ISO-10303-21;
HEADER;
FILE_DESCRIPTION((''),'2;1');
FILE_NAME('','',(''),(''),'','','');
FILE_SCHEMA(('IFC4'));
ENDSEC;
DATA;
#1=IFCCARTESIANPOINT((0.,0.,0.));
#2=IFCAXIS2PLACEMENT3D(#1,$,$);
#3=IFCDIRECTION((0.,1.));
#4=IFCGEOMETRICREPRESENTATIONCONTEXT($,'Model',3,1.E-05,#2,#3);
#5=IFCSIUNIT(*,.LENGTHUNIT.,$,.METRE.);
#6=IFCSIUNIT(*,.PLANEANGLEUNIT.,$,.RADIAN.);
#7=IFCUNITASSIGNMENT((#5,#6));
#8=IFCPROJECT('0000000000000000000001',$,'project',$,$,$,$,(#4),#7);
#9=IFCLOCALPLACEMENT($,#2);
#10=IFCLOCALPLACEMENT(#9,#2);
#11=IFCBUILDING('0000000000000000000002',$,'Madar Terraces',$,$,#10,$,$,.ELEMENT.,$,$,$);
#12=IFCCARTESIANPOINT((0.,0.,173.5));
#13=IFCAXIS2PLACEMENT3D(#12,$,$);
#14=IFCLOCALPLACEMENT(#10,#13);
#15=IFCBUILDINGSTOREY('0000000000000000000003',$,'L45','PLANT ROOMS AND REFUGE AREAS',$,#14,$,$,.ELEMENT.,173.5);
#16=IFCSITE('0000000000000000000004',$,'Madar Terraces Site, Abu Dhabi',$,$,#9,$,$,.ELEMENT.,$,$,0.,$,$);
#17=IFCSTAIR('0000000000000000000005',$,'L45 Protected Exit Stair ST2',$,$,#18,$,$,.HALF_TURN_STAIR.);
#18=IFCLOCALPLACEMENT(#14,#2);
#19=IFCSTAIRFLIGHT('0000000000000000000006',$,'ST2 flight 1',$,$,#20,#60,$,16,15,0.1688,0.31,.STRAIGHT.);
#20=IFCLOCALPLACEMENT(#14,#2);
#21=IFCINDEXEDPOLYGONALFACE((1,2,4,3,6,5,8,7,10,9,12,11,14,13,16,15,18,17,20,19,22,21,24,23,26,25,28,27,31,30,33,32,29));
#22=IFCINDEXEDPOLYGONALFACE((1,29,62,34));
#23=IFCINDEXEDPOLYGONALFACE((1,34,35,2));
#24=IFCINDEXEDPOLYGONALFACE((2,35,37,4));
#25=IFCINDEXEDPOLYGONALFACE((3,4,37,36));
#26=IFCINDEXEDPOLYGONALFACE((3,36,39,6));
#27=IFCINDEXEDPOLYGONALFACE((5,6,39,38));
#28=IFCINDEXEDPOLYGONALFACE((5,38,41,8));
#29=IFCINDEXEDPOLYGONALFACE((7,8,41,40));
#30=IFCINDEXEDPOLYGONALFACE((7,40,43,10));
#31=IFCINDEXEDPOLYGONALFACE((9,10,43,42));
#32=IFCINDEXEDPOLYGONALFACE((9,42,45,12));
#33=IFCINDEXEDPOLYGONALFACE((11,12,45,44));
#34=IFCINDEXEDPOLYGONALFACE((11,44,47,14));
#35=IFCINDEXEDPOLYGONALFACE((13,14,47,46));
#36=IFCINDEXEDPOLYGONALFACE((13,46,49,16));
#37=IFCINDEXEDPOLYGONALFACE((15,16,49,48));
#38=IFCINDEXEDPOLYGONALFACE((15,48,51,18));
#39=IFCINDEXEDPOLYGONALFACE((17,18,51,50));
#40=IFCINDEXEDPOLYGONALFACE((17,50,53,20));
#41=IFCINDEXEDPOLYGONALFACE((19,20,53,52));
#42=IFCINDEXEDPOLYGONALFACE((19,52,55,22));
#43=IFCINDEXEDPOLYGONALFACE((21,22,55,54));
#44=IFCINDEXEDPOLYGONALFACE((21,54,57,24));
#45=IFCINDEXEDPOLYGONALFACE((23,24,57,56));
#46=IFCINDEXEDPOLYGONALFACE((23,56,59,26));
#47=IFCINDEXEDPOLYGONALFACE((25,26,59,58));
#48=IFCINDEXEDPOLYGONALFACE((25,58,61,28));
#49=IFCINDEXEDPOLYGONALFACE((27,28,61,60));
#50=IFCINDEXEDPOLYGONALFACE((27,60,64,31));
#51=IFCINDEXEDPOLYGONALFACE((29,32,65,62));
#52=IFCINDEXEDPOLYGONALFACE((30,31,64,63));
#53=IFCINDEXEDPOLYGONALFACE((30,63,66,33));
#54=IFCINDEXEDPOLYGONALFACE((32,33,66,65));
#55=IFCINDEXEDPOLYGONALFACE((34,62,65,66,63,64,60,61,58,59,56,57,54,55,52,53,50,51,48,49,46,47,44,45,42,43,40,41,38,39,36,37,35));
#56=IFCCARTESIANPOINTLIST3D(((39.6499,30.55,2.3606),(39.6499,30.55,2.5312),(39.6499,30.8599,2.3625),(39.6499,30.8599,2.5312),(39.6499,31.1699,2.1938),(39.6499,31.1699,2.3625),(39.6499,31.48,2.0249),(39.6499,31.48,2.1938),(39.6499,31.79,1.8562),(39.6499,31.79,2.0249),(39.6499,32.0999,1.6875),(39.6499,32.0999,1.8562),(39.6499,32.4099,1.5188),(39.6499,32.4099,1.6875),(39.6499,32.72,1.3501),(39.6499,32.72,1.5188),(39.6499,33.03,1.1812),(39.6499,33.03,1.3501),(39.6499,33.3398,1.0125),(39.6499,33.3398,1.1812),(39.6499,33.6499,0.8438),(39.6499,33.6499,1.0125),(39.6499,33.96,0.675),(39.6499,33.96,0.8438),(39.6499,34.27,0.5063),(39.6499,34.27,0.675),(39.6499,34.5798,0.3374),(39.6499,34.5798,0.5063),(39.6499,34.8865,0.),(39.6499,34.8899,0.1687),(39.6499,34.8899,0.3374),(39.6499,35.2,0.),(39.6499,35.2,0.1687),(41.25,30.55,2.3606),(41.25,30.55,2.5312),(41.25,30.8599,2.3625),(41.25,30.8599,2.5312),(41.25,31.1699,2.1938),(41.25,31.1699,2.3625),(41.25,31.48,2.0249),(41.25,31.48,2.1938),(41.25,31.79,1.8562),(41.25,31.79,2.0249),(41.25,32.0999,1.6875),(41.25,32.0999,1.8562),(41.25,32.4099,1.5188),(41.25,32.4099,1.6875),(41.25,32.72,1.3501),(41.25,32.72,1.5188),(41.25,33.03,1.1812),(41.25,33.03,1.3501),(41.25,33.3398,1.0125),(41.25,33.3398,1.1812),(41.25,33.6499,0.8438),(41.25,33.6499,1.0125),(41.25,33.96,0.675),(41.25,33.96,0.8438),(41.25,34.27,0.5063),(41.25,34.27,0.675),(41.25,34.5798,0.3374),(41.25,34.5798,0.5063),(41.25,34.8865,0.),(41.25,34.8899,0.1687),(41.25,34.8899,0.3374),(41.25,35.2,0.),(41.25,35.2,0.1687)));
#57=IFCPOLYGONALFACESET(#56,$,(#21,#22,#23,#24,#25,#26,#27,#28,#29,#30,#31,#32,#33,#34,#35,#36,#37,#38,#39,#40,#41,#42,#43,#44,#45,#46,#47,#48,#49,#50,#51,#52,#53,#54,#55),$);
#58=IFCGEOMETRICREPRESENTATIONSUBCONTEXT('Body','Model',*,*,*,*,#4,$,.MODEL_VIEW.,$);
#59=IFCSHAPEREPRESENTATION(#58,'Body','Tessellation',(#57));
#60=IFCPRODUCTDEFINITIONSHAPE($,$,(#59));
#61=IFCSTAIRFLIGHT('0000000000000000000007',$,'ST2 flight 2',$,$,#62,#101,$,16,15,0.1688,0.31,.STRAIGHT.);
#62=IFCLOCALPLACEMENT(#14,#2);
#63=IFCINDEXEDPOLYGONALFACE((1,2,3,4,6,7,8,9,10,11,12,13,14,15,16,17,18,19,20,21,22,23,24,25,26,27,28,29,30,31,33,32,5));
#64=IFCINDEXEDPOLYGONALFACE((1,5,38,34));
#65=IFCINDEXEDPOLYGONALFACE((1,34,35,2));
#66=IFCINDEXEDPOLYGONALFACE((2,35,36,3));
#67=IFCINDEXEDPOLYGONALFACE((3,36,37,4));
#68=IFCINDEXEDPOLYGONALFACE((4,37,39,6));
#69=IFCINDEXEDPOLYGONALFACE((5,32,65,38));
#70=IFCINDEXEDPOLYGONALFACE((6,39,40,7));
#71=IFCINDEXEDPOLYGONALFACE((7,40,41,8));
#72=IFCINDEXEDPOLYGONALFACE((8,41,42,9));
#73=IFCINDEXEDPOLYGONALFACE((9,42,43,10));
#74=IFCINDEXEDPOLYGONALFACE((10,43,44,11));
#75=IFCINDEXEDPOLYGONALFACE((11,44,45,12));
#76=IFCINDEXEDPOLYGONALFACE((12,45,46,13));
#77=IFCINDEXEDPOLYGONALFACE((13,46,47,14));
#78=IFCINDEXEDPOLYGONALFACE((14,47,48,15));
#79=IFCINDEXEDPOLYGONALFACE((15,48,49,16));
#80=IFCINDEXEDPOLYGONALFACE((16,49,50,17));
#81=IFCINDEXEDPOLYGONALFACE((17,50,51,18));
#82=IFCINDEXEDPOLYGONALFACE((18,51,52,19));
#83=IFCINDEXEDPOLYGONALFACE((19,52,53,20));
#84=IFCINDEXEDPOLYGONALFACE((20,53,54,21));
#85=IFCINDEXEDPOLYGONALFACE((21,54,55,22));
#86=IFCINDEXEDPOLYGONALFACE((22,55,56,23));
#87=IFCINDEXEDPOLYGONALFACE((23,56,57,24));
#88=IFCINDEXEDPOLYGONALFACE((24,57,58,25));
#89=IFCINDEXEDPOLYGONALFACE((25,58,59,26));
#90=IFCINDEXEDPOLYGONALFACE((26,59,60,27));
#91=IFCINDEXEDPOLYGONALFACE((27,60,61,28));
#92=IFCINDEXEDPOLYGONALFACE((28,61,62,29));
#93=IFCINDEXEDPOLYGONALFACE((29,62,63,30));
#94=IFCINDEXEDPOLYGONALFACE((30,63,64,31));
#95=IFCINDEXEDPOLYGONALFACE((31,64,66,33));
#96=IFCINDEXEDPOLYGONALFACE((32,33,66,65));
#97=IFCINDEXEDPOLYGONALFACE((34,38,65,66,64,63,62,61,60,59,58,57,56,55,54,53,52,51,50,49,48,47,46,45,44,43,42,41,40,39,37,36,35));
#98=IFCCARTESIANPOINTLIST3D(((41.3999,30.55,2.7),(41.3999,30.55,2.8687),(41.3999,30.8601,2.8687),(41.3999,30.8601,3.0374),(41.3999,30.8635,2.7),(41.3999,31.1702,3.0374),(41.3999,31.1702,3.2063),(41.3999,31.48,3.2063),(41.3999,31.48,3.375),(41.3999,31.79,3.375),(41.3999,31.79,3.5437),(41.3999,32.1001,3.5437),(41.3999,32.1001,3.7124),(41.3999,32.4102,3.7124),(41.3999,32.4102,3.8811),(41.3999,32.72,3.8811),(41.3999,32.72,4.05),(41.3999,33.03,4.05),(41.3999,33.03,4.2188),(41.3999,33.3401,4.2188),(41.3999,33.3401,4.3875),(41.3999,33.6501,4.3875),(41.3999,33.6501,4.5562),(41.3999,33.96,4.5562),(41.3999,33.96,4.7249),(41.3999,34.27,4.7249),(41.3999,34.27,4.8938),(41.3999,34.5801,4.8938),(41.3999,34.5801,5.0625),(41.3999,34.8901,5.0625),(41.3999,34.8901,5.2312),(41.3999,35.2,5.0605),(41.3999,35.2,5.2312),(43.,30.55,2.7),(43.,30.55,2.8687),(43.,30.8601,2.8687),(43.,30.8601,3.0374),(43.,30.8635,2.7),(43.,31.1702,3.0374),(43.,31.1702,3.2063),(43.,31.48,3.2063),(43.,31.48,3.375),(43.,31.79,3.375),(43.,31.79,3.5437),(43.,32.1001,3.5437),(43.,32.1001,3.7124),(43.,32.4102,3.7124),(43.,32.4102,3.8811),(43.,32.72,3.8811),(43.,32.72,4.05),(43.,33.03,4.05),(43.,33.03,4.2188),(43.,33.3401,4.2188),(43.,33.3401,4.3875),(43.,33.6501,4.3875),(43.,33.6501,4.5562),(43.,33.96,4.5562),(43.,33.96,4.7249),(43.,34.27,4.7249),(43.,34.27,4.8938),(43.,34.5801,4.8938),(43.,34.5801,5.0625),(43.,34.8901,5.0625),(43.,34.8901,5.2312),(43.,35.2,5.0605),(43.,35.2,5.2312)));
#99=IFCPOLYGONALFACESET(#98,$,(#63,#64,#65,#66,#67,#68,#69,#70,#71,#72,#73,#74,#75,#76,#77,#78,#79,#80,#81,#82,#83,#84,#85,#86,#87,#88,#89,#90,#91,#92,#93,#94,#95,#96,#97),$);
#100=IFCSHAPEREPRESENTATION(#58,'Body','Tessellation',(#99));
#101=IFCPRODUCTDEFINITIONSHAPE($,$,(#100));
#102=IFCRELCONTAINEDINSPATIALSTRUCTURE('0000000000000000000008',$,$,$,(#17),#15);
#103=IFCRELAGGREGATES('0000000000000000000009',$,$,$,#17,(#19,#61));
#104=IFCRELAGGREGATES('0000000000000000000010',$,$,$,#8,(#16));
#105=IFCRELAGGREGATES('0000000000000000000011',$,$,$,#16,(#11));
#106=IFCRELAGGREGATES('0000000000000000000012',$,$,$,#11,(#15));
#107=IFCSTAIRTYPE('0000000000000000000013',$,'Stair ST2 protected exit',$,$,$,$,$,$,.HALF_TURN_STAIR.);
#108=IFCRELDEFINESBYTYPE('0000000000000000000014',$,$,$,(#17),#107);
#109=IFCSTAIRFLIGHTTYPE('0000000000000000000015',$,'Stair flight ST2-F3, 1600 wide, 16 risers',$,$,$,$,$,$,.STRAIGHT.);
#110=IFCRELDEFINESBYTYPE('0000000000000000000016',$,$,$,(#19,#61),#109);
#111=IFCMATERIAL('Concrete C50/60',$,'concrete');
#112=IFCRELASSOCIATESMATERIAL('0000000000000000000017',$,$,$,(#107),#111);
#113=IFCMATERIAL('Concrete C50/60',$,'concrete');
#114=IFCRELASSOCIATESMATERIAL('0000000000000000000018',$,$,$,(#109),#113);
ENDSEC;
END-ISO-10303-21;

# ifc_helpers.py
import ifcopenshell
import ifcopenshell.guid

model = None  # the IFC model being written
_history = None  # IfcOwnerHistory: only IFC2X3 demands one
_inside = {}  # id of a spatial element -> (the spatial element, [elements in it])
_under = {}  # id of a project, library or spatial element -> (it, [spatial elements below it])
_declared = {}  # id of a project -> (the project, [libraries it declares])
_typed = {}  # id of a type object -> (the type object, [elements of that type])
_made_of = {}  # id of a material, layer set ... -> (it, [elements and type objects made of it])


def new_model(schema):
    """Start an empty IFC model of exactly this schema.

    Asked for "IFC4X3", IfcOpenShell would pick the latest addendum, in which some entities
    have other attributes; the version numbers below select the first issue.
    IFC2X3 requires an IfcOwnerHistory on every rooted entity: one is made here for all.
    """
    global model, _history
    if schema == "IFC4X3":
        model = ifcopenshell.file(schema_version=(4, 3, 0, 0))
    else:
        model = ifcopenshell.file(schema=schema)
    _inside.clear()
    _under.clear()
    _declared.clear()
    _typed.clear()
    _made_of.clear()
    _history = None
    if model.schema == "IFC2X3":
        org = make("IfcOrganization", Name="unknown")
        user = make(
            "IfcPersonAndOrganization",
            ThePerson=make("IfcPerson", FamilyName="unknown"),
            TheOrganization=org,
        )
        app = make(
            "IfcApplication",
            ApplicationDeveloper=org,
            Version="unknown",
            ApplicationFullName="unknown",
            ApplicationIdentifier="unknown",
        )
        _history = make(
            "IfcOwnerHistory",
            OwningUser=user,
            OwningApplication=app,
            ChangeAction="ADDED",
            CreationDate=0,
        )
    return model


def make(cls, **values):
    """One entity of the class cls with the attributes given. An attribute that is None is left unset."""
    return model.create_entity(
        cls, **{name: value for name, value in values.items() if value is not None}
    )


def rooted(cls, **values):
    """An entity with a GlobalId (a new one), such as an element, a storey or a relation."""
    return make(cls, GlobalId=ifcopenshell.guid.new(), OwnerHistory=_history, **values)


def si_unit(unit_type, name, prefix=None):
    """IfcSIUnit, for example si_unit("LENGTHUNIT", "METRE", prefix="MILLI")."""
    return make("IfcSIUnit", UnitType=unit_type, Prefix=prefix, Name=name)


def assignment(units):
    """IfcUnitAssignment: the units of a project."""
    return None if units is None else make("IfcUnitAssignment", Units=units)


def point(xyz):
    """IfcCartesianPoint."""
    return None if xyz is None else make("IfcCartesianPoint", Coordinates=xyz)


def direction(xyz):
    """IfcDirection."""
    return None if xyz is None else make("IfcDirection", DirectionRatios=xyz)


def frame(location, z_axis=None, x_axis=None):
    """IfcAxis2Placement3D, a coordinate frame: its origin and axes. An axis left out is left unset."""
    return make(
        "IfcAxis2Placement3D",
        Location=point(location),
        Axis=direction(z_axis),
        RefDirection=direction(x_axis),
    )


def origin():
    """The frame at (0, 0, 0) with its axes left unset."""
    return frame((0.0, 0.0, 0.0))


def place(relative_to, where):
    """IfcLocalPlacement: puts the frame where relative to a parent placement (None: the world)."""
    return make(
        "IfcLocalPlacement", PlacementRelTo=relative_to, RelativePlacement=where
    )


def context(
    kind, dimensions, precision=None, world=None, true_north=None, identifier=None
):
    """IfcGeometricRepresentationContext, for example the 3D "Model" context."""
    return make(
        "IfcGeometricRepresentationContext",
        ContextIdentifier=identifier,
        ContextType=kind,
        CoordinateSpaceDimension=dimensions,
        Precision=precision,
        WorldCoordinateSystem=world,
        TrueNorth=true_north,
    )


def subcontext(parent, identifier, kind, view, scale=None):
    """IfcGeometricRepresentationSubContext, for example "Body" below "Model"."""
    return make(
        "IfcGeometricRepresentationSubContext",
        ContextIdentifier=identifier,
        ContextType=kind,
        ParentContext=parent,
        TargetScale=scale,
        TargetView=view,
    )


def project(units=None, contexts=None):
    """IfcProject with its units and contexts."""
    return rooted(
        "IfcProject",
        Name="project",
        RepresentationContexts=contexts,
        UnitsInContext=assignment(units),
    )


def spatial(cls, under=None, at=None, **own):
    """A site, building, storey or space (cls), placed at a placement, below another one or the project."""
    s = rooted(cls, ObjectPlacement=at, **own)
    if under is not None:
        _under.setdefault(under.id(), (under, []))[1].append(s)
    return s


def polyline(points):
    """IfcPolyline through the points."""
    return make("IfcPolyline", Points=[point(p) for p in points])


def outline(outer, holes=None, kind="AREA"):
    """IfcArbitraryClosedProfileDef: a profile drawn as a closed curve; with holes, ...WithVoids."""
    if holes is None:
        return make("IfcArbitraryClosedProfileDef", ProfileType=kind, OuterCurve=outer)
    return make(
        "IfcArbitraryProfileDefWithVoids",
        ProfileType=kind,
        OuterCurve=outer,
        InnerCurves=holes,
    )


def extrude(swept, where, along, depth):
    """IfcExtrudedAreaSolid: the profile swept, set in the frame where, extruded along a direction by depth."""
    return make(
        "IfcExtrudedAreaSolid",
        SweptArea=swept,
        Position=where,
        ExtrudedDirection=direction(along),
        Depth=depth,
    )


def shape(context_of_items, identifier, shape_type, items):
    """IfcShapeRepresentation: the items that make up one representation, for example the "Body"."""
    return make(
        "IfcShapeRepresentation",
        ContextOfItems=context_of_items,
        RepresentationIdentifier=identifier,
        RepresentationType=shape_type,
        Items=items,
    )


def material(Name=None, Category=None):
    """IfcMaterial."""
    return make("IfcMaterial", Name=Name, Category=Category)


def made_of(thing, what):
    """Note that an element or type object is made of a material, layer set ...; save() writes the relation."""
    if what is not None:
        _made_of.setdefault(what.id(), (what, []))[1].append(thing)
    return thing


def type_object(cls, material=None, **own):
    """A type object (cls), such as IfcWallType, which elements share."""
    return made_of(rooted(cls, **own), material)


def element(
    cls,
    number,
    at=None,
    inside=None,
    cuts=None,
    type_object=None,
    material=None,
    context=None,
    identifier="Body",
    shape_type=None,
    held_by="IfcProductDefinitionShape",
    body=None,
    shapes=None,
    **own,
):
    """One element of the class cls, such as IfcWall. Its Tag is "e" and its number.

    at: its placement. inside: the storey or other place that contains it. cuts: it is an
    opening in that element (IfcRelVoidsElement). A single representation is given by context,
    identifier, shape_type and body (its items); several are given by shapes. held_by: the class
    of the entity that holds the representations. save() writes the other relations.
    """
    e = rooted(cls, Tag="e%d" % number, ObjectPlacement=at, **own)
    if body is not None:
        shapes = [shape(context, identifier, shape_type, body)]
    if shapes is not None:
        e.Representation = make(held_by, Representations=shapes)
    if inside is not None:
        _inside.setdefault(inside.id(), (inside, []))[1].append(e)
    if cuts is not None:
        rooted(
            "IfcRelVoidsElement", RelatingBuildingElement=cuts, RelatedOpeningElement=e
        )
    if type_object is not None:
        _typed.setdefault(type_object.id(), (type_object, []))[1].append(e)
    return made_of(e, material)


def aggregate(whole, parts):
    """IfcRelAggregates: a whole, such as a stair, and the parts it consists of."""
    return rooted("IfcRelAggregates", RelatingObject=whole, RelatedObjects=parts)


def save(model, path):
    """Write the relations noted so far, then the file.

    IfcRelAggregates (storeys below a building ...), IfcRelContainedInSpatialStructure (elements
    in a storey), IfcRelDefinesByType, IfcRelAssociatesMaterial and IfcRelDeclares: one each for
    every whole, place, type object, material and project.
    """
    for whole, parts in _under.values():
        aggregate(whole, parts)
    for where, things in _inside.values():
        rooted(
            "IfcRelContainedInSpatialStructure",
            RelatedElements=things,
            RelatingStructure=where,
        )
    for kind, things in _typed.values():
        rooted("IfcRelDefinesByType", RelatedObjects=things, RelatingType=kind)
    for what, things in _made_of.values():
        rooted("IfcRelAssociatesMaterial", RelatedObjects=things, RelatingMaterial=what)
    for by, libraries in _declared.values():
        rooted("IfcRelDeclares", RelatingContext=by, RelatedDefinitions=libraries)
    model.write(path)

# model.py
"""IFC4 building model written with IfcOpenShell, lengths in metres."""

from ifc_helpers import new_model, si_unit, direction, frame, origin, place, context, subcontext, project, spatial, polyline, outline, extrude, material, type_object, element, aggregate, save


model = new_model("IFC4")

# Units and contexts
model_context = context("Model", 3, precision=1e-05, world=origin(), true_north=direction((0.0, 1.0)))
body_context = subcontext(model_context, "Body", "Model", "MODEL_VIEW")
ifc_project = project(units=[si_unit("LENGTHUNIT", "METRE"), si_unit("PLANEANGLEUNIT", "RADIAN")], contexts=[model_context])

# Site, building, storey
site_placement = place(None, origin())
site = spatial("IfcSite", under=ifc_project, at=site_placement, Name="Madar Terraces Site, Abu Dhabi", CompositionType="ELEMENT", RefElevation=0.0)
building_placement = place(site_placement, origin())
building = spatial("IfcBuilding", under=site, at=building_placement, Name="Madar Terraces", CompositionType="ELEMENT")
storey_placement = place(building_placement, frame((0.0, 0.0, 173.5)))
storey = spatial("IfcBuildingStorey", under=building, at=storey_placement, Name="L45", Description="PLANT ROOMS AND REFUGE AREAS", CompositionType="ELEMENT", Elevation=173.5)

# Stair, stair flights
ifc_material_1 = material(Name="Concrete C50/60", Category="concrete")
stair_type = type_object("IfcStairType", Name="Stair ST2 protected exit", PredefinedType="HALF_TURN_STAIR", material=ifc_material_1)
stair_placement = place(storey_placement, origin())
stair = element("IfcStair", 1, at=stair_placement, inside=storey, type_object=stair_type, Name="L45 Protected Exit Stair ST2", PredefinedType="HALF_TURN_STAIR")
ifc_material_2 = material(Name="Concrete C50/60", Category="concrete")
stair_flight_type = type_object("IfcStairFlightType", Name="Stair flight ST2-F3, 1600 wide, 16 risers", PredefinedType="STRAIGHT", material=ifc_material_2)
stair_flight_1_placement = place(storey_placement, frame((40.45, 35.2, 0.0), z_axis=(0.0, 0.0, 1.0), x_axis=(0.0, -1.0, 0.0)))
stair_flight_1 = element("IfcStairFlight", 2, at=stair_flight_1_placement, type_object=stair_flight_type, Name="ST2 flight 1", NumberOfRisers=16, NumberOfTreads=15, PredefinedType="STRAIGHT", RiserHeight=0.1688, TreadLength=0.31, context=body_context, shape_type="SweptSolid", body=[
    extrude(outline(polyline([(0.0, 0.0), (0.0, 0.1687), (0.3101, 0.1687), (0.3101, 0.3374), (0.6201, 0.3374), (0.6201, 0.5063), (0.9299, 0.5063), (0.9299, 0.675), (1.24, 0.675), (1.24, 0.8438), (1.55, 0.8438), (1.55, 1.0125), (1.8601, 1.0125), (1.8601, 1.1812), (2.1699, 1.1812), (2.1699, 1.3501), (2.48, 1.3501), (2.48, 1.5188), (2.79, 1.5188), (2.79, 1.6875), (3.1001, 1.6875), (3.1001, 1.8562), (3.4099, 1.8562), (3.4099, 2.0249), (3.72, 2.0249), (3.72, 2.1938), (4.03, 2.1938), (4.03, 2.3625), (4.3401, 2.3625), (4.3401, 2.5312), (4.6499, 2.5312), (4.6499, 2.7), (4.6499, 2.3606), (0.3135, 0.0), (0.0, 0.0)])), frame((0.0, 0.8, 0.0), z_axis=(0.0, -1.0, 0.0), x_axis=(1.0, 0.0, 0.0)), (0.0, 0.0, 1.0), 1.6001),
])
stair_flight_2_placement = place(storey_placement, frame((42.2, 30.55, 2.7), z_axis=(0.0, 0.0, 1.0), x_axis=(0.0, 1.0, 0.0)))
stair_flight_2 = element("IfcStairFlight", 3, at=stair_flight_2_placement, type_object=stair_flight_type, Name="ST2 flight 2", NumberOfRisers=16, NumberOfTreads=15, PredefinedType="STRAIGHT", RiserHeight=0.1688, TreadLength=0.31, context=body_context, shape_type="SweptSolid", body=[
    extrude(outline(polyline([(0.0, 0.0), (0.0, 0.1687), (0.3101, 0.1687), (0.3101, 0.3374), (0.6201, 0.3374), (0.6201, 0.5063), (0.9299, 0.5063), (0.9299, 0.675), (1.24, 0.675), (1.24, 0.8438), (1.55, 0.8438), (1.55, 1.0125), (1.8601, 1.0125), (1.8601, 1.1812), (2.1699, 1.1812), (2.1699, 1.3501), (2.48, 1.3501), (2.48, 1.5188), (2.79, 1.5188), (2.79, 1.6875), (3.1001, 1.6875), (3.1001, 1.8562), (3.4099, 1.8562), (3.4099, 2.0249), (3.72, 2.0249), (3.72, 2.1938), (4.03, 2.1938), (4.03, 2.3625), (4.3401, 2.3625), (4.3401, 2.5312), (4.6499, 2.5312), (4.6499, 2.7), (4.6499, 2.3606), (0.3135, 0.0), (0.0, 0.0)])), frame((0.0, 0.8, 0.0), z_axis=(0.0, -1.0, 0.0), x_axis=(1.0, 0.0, 0.0)), (0.0, 0.0, 1.0), 1.6001),
])
aggregate(stair, [stair_flight_1, stair_flight_2])

save(model, "model.ifc")
